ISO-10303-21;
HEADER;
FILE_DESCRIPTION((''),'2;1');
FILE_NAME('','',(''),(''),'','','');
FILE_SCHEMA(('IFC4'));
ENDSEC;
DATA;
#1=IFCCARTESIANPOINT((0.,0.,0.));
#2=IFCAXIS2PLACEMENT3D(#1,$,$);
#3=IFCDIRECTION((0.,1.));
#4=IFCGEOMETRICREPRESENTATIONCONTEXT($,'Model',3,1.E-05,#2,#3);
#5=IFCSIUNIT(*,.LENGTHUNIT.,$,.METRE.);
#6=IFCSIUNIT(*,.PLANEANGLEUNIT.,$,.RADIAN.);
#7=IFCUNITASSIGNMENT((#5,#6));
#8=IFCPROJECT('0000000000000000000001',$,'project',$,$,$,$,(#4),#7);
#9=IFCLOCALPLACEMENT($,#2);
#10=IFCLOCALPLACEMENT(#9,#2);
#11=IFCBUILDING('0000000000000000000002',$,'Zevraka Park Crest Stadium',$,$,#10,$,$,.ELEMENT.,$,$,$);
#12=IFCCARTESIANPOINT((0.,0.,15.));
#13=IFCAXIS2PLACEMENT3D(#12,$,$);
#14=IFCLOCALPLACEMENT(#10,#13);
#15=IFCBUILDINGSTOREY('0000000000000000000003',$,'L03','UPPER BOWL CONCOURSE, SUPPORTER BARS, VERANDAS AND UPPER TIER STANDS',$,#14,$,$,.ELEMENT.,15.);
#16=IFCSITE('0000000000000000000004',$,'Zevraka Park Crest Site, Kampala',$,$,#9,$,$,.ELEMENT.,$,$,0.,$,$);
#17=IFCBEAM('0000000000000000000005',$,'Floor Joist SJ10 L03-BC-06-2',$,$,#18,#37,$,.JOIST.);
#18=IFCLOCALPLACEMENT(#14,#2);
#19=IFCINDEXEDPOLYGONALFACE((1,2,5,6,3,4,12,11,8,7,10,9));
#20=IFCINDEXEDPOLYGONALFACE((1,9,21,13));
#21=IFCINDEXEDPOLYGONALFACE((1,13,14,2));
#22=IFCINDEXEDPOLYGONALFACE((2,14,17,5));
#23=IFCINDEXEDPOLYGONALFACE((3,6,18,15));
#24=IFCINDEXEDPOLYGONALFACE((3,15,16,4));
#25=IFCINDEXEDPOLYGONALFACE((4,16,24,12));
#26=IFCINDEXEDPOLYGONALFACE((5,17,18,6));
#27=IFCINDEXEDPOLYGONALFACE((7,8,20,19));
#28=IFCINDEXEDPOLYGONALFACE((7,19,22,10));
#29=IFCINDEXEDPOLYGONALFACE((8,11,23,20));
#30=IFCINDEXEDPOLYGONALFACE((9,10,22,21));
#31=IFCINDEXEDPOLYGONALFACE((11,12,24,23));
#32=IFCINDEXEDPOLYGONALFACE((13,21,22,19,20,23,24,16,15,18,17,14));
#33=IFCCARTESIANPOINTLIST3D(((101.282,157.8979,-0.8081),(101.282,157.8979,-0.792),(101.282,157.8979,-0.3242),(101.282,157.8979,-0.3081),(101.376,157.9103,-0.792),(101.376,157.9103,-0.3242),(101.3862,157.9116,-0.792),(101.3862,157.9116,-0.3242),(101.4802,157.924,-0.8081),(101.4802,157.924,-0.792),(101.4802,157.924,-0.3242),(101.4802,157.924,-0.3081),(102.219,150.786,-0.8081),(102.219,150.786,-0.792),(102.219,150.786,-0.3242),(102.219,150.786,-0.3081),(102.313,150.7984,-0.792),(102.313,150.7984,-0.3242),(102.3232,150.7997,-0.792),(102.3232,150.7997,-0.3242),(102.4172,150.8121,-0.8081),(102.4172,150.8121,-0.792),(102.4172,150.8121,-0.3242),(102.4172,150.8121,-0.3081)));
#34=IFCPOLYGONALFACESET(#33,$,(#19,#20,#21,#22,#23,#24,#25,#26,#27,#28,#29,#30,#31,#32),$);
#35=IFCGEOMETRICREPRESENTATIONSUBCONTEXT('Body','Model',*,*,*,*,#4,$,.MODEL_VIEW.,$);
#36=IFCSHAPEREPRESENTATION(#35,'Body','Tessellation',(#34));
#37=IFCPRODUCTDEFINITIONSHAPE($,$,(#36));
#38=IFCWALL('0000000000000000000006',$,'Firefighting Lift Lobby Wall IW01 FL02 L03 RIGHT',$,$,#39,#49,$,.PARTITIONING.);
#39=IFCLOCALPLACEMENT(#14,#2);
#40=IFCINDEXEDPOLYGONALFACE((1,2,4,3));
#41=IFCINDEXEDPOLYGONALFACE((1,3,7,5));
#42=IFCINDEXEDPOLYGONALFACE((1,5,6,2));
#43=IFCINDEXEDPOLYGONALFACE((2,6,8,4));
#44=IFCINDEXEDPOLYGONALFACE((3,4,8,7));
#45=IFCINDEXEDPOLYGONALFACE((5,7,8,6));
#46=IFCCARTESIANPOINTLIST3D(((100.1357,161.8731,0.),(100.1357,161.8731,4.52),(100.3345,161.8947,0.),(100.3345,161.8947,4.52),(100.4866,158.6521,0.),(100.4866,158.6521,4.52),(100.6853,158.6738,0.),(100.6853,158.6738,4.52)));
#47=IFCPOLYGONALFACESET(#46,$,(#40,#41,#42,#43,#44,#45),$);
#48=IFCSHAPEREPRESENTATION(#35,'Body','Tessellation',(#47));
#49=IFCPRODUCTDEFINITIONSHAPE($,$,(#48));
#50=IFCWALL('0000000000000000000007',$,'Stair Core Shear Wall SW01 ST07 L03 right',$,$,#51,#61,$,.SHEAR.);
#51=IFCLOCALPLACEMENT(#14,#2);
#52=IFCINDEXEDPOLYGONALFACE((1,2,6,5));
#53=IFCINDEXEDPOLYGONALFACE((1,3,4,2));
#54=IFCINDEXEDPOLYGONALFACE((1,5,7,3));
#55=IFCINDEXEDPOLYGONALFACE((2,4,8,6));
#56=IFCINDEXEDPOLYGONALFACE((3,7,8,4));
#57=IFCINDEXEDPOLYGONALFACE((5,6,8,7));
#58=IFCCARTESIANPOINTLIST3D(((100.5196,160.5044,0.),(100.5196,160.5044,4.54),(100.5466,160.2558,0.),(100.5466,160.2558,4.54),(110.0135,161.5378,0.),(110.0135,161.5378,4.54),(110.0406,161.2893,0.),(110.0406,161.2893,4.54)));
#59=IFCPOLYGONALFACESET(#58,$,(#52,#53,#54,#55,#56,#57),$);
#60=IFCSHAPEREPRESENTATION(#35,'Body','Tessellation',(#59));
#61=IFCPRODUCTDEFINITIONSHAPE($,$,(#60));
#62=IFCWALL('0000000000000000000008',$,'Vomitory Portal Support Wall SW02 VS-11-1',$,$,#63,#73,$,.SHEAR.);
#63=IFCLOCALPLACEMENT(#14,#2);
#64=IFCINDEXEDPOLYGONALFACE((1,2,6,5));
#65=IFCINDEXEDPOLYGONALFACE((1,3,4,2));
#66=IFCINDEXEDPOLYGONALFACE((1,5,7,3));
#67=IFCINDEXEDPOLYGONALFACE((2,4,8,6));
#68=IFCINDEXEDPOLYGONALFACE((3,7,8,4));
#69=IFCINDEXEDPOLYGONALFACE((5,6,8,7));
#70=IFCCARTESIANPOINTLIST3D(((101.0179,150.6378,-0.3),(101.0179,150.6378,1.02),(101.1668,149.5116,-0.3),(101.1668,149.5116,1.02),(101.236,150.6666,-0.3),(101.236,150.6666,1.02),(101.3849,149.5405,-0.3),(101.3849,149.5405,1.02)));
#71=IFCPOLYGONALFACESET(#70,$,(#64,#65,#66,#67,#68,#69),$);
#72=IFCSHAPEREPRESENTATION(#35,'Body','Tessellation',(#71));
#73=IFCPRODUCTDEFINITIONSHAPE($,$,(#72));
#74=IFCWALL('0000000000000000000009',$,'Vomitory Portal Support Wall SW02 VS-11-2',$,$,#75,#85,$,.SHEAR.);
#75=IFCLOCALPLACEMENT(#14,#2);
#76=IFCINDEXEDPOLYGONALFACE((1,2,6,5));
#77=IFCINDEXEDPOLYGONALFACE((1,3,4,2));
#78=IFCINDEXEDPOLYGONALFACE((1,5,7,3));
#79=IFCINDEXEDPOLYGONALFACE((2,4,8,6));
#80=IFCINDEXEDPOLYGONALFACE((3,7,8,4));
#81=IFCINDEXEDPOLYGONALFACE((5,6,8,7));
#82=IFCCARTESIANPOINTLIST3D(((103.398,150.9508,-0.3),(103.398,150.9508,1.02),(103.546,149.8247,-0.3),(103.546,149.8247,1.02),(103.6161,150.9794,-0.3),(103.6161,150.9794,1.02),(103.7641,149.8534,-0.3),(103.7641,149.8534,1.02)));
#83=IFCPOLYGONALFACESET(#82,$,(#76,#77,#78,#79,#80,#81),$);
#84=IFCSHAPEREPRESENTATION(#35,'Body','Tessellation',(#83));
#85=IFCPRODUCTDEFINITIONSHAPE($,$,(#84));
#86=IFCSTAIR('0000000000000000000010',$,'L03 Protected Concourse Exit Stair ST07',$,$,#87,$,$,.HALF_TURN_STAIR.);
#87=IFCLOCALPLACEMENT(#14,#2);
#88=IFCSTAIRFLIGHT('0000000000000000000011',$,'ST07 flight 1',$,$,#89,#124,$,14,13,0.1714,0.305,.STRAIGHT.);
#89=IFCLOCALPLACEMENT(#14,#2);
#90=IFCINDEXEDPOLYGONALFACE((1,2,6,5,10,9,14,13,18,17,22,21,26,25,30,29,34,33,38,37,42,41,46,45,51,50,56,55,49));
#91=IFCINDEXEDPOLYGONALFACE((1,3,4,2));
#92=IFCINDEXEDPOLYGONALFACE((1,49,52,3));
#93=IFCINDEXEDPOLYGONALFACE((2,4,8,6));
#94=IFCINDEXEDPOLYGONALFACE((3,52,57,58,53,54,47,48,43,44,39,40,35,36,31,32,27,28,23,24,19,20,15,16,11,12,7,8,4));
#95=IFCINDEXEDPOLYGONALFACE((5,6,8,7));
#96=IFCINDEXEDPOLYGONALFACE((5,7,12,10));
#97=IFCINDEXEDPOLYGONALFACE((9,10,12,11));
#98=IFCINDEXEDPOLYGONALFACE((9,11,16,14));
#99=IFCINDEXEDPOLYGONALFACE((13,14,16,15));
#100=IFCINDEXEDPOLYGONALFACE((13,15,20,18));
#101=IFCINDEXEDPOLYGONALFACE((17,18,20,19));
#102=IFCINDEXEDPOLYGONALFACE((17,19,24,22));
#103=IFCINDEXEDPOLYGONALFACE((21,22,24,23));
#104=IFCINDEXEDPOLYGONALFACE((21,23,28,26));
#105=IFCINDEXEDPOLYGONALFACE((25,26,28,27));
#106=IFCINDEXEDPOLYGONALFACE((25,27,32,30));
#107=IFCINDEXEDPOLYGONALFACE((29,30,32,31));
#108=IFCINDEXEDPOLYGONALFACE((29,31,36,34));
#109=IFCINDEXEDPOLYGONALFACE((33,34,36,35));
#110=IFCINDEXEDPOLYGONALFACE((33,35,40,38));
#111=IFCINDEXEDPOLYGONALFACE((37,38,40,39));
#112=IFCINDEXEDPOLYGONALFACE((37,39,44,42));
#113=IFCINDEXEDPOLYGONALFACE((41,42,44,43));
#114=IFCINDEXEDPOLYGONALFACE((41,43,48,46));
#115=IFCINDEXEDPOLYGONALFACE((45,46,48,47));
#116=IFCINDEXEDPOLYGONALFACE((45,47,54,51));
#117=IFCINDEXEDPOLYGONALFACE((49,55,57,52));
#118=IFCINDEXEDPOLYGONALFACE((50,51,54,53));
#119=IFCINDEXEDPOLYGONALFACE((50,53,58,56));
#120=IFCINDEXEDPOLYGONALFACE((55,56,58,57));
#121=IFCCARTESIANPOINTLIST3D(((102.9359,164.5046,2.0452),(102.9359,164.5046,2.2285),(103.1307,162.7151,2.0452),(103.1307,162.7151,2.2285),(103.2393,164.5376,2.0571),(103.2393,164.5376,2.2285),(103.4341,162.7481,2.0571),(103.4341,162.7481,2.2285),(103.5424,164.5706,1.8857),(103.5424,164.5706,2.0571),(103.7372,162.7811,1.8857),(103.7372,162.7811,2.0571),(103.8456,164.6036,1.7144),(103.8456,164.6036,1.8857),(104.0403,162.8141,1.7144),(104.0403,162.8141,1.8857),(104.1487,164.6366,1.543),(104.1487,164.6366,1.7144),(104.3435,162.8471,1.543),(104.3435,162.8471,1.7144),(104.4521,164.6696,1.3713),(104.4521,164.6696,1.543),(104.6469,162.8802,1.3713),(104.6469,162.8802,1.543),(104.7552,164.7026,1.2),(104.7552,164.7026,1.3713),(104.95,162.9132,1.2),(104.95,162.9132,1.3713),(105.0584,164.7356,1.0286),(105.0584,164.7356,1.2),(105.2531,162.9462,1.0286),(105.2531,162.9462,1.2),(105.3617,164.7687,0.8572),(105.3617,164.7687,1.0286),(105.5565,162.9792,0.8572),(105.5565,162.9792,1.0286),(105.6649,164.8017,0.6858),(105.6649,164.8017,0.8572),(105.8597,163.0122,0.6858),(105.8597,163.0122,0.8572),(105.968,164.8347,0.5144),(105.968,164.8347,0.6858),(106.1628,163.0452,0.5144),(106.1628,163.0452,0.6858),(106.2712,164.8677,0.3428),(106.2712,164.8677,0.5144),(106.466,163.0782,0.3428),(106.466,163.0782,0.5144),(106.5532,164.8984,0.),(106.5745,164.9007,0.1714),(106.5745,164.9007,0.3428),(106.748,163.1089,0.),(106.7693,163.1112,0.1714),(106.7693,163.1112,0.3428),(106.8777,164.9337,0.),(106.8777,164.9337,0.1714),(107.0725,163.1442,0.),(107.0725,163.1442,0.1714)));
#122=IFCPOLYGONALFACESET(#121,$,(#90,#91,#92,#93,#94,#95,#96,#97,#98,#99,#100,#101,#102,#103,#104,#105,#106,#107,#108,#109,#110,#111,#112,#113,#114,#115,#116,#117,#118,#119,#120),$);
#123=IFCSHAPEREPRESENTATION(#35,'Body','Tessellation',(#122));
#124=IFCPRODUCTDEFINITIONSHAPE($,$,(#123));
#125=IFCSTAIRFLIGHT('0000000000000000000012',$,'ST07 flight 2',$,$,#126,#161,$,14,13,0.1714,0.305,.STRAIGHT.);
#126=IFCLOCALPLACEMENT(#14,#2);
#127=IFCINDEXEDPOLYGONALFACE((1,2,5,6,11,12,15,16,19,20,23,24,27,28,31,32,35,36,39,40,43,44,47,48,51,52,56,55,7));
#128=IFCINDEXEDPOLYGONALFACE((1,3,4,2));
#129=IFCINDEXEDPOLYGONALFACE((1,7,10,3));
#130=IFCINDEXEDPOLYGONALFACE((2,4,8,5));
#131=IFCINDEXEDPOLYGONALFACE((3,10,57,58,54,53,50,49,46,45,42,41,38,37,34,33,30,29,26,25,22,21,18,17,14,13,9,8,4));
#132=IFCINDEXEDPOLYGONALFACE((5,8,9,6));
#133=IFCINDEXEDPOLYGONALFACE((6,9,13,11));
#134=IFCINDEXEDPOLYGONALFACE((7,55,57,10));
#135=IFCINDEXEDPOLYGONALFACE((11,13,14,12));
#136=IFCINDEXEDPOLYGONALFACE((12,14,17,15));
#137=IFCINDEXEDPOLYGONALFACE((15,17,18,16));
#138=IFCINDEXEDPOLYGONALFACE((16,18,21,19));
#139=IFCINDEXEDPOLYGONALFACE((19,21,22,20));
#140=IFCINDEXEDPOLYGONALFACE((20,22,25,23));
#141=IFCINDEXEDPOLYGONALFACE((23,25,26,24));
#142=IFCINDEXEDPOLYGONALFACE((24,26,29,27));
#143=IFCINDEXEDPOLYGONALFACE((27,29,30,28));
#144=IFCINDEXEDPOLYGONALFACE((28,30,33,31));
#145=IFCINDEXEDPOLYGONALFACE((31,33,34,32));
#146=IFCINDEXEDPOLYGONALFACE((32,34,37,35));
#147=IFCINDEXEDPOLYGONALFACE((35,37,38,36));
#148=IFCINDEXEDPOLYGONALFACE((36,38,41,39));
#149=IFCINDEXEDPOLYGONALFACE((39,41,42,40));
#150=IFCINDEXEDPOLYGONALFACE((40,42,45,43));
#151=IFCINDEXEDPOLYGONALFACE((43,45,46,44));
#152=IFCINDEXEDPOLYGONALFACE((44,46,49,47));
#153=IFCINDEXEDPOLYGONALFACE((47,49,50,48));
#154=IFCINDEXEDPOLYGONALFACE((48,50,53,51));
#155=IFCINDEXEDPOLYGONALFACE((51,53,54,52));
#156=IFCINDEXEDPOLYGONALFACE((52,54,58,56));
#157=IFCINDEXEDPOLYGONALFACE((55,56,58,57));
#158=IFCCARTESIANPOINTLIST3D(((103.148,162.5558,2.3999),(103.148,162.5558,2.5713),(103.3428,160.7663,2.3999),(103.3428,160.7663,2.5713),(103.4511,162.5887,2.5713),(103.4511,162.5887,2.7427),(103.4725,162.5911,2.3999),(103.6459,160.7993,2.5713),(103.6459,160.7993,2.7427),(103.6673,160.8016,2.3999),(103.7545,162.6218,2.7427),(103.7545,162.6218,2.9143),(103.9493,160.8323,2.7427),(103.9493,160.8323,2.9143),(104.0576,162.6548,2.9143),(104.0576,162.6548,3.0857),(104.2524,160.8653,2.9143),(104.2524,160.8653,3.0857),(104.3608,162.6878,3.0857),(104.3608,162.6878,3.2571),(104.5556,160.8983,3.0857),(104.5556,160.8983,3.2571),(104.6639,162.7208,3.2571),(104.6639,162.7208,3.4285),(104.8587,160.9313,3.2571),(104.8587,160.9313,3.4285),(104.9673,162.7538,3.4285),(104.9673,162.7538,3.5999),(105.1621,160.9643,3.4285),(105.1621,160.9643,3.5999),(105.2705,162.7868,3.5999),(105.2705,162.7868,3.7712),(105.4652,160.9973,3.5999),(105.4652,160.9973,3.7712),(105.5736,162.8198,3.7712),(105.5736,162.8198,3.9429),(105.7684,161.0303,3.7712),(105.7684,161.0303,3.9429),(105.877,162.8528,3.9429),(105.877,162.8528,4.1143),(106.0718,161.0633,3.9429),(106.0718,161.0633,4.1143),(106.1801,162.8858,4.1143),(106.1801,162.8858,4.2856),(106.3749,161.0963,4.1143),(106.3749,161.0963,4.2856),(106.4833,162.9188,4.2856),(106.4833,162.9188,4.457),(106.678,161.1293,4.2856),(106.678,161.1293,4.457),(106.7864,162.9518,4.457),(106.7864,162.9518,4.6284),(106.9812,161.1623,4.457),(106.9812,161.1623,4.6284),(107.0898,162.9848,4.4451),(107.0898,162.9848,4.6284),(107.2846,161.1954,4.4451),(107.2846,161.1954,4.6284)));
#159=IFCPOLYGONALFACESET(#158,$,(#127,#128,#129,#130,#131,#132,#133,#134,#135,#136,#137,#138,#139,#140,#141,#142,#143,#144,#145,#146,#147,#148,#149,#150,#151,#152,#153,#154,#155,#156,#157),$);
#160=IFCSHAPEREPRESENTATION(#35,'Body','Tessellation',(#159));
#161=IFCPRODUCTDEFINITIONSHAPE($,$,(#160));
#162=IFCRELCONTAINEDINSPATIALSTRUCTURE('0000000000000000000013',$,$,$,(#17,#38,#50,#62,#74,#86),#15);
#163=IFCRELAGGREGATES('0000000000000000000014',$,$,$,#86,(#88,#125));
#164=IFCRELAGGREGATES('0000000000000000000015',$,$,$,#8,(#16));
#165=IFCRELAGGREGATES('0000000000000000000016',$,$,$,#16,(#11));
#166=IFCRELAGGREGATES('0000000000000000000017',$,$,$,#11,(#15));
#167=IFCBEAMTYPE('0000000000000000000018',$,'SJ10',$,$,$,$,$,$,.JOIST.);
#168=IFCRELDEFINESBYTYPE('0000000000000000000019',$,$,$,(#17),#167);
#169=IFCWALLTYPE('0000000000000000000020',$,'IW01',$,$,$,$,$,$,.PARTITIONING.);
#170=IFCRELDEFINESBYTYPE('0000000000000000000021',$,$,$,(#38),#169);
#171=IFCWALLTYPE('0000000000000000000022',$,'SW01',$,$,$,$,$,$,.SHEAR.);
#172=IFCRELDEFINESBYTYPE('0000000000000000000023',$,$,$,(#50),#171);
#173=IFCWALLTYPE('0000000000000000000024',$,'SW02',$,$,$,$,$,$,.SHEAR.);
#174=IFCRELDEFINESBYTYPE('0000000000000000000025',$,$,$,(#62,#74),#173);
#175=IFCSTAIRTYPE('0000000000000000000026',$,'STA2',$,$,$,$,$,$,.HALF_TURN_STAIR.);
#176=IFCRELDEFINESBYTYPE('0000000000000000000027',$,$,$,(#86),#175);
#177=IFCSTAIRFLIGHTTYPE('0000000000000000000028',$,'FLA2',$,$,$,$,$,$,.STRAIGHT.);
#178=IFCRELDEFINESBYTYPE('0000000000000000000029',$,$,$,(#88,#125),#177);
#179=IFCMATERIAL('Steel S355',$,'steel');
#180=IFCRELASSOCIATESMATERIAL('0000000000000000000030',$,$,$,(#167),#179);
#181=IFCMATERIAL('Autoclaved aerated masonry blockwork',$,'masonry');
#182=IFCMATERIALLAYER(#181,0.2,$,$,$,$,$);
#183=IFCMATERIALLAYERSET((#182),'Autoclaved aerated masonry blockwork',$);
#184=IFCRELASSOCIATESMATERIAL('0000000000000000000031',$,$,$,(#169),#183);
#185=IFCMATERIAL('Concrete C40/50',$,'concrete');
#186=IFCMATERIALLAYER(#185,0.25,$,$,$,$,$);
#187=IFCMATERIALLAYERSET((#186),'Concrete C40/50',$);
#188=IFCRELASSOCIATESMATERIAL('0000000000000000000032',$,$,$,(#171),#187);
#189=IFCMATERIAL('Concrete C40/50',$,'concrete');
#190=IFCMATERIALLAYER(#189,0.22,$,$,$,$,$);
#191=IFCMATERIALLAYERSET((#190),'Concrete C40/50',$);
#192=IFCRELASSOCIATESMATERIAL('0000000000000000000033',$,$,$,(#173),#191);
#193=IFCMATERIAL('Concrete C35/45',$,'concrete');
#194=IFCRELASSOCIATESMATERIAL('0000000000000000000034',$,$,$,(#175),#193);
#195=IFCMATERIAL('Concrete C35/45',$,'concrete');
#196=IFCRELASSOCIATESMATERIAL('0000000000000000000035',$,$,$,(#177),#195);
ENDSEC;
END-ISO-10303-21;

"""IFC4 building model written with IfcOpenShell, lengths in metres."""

from ifc_helpers import new_model, si_unit, direction, frame, frame_2d, origin, origin_2d, place, context, subcontext, project, spatial, polyline, rectangle, i_section, outline, extrude, material, layer, layer_set, material_profile, profile_set, type_object, element, aggregate, save


model = new_model("IFC4")

# Units and contexts
model_context = context("Model", 3, precision=1e-05, world=origin(), true_north=direction((0.0, 1.0)))
body_context = subcontext(model_context, "Body", "Model", "MODEL_VIEW")
ifc_project = project(units=[si_unit("LENGTHUNIT", "METRE"), si_unit("PLANEANGLEUNIT", "RADIAN")], contexts=[model_context])

# Site, building, storey
site_placement = place(None, origin())
site = spatial("IfcSite", under=ifc_project, at=site_placement, Name="Zevraka Park Crest Site, Kampala", CompositionType="ELEMENT", RefElevation=0.0)
building_placement = place(site_placement, origin())
building = spatial("IfcBuilding", under=site, at=building_placement, Name="Zevraka Park Crest Stadium", CompositionType="ELEMENT")
storey_placement = place(building_placement, frame((0.0, 0.0, 15.0)))
storey = spatial("IfcBuildingStorey", under=building, at=storey_placement, Name="L03", Description="UPPER BOWL CONCOURSE, SUPPORTER BARS, VERANDAS AND UPPER TIER STANDS", CompositionType="ELEMENT", Elevation=15.0)

# Beam
ifc_material_1 = material(Name="Steel S355", Category="steel")
ifc_material_profile = material_profile(ifc_material_1, i_section(OverallWidth=0.2, OverallDepth=0.5, WebThickness=0.0103, FlangeThickness=0.0161, at=origin_2d()), Name="IPE 500")
ifc_profile_set = profile_set([ifc_material_profile], Name="Steel S355")
beam_type = type_object("IfcBeamType", Name="SJ10", PredefinedType="JOIST", material=ifc_profile_set)
beam_placement = place(storey_placement, frame((102.3181, 150.7991, -0.5581), z_axis=(-0.130625, 0.991432, 0.0), x_axis=(-0.991432, -0.130625, 0.0)))
element("IfcBeam", 1, at=beam_placement, inside=storey, type_object=beam_type, Name="Floor Joist SJ10 L03-BC-06-2", PredefinedType="JOIST", context=body_context, shape_type="SweptSolid", body=[
    extrude(i_section(OverallWidth=0.2, OverallDepth=0.5, WebThickness=0.0103, FlangeThickness=0.0161, at=origin_2d()), origin(), (0.0, 0.0, 1.0), 7.1733),
])

# Walls
ifc_material_2 = material(Name="Autoclaved aerated masonry blockwork", Category="masonry")
ifc_layer_1 = layer(ifc_material_2, 0.2)
ifc_layer_set_1 = layer_set([ifc_layer_1], Name="Autoclaved aerated masonry blockwork")
wall_type_1 = type_object("IfcWallType", Name="IW01", PredefinedType="PARTITIONING", material=ifc_layer_set_1)
wall_1_placement = place(storey_placement, frame((100.2351, 161.884, 0.0), z_axis=(0.0, 0.0, 1.0), x_axis=(0.108281, -0.99412, 0.0)))
element("IfcWall", 2, at=wall_1_placement, inside=storey, type_object=wall_type_1, Name="Firefighting Lift Lobby Wall IW01 FL02 L03 RIGHT", PredefinedType="PARTITIONING", context=body_context, shape_type="SweptSolid", body=[
    extrude(rectangle(XDim=3.24, YDim=0.2, at=frame_2d((1.6201, 0.0))), origin(), (0.0, 0.0, 1.0), 4.52),
])
ifc_material_3 = material(Name="Concrete C40/50", Category="concrete")
ifc_layer_2 = layer(ifc_material_3, 0.25)
ifc_layer_set_2 = layer_set([ifc_layer_2], Name="Concrete C40/50")
wall_type_2 = type_object("IfcWallType", Name="SW01", PredefinedType="SHEAR", material=ifc_layer_set_2)
wall_2_placement = place(storey_placement, frame((100.5332, 160.3801, 0.0), z_axis=(0.0, 0.0, 1.0), x_axis=(0.994128, 0.108215, 0.0)))
element("IfcWall", 3, at=wall_2_placement, inside=storey, type_object=wall_type_2, Name="Stair Core Shear Wall SW01 ST07 L03 right", PredefinedType="SHEAR", context=body_context, shape_type="SweptSolid", body=[
    extrude(rectangle(XDim=9.55, YDim=0.25, at=frame_2d((4.7749, 0.0))), origin(), (0.0, 0.0, 1.0), 4.54),
])
ifc_material_4 = material(Name="Concrete C40/50", Category="concrete")
ifc_layer_3 = layer(ifc_material_4, 0.22)
ifc_layer_set_3 = layer_set([ifc_layer_3], Name="Concrete C40/50")
wall_type_3 = type_object("IfcWallType", Name="SW02", PredefinedType="SHEAR", material=ifc_layer_set_3)
wall_3_placement = place(storey_placement, frame((101.127, 150.6521, -0.3), z_axis=(0.0, 0.0, 1.0), x_axis=(0.131094, -0.99137, 0.0)))
element("IfcWall", 4, at=wall_3_placement, inside=storey, type_object=wall_type_3, Name="Vomitory Portal Support Wall SW02 VS-11-1", PredefinedType="SHEAR", context=body_context, shape_type="SweptSolid", body=[
    extrude(rectangle(XDim=1.136, YDim=0.22, at=frame_2d((0.5679, 0.0))), origin(), (0.0, 0.0, 1.0), 1.3201),
])
wall_4_placement = place(storey_placement, frame((103.5071, 150.9651, -0.3), z_axis=(0.0, 0.0, 1.0), x_axis=(0.130277, -0.991478, 0.0)))
element("IfcWall", 5, at=wall_4_placement, inside=storey, type_object=wall_type_3, Name="Vomitory Portal Support Wall SW02 VS-11-2", PredefinedType="SHEAR", context=body_context, shape_type="SweptSolid", body=[
    extrude(rectangle(XDim=1.1357, YDim=0.22, at=frame_2d((0.5679, 0.0))), origin(), (0.0, 0.0, 1.0), 1.3201),
])

# Stair, stair flights
ifc_material_5 = material(Name="Concrete C35/45", Category="concrete")
stair_type_1 = type_object("IfcStairType", Name="STA2", PredefinedType="HALF_TURN_STAIR", material=ifc_material_5)
stair_1_placement = place(storey_placement, origin())
stair_1 = element("IfcStair", 6, at=stair_1_placement, inside=storey, type_object=stair_type_1, Name="L03 Protected Concourse Exit Stair ST07", PredefinedType="HALF_TURN_STAIR")
ifc_material_6 = material(Name="Concrete C35/45", Category="concrete")
stair_flight_type_1 = type_object("IfcStairFlightType", Name="FLA2", PredefinedType="STRAIGHT", material=ifc_material_6)
stair_flight_1_placement = place(storey_placement, frame((106.9751, 164.0388, 0.0), z_axis=(0.0, 0.0, 1.0), x_axis=(-0.994128, -0.108215, 0.0)))
stair_flight_1 = element("IfcStairFlight", 7, at=stair_flight_1_placement, type_object=stair_flight_type_1, Name="ST07 flight 1", NumberOfRisers=14, NumberOfTreads=13, PredefinedType="STRAIGHT", RiserHeight=0.1714, TreadLength=0.305, context=body_context, shape_type="SweptSolid", body=[
    extrude(outline(polyline([(0.0, 0.0), (0.0, 0.1714), (0.3049, 0.1714), (0.3049, 0.3428), (0.6101, 0.3428), (0.6101, 0.5144), (0.915, 0.5144), (0.915, 0.6858), (1.22, 0.6858), (1.22, 0.8572), (1.5249, 0.8572), (1.5249, 1.0286), (1.8301, 1.0286), (1.8301, 1.2), (2.135, 1.2), (2.135, 1.3713), (2.4399, 1.3713), (2.4399, 1.543), (2.7451, 1.543), (2.7451, 1.7144), (3.05, 1.7144), (3.05, 1.8857), (3.355, 1.8857), (3.355, 2.0571), (3.6599, 2.0571), (3.6599, 2.2285), (3.9651, 2.2285), (3.9651, 2.3999), (3.9651, 2.0452), (0.3264, 0.0), (0.0, 0.0)])), frame((0.0, 0.8999, 0.0), z_axis=(0.0, -1.0, 0.0), x_axis=(1.0, 0.0, 0.0)), (0.0, 0.0, 1.0), 1.8),
])
stair_flight_2_placement = place(storey_placement, frame((103.2454, 161.6611, 2.3999), z_axis=(0.0, 0.0, 1.0), x_axis=(0.994128, 0.108215, 0.0)))
stair_flight_2 = element("IfcStairFlight", 8, at=stair_flight_2_placement, type_object=stair_flight_type_1, Name="ST07 flight 2", NumberOfRisers=14, NumberOfTreads=13, PredefinedType="STRAIGHT", RiserHeight=0.1714, TreadLength=0.305, context=body_context, shape_type="SweptSolid", body=[
    extrude(outline(polyline([(0.0, 0.0), (0.0, 0.1714), (0.3049, 0.1714), (0.3049, 0.3428), (0.6101, 0.3428), (0.6101, 0.5144), (0.915, 0.5144), (0.915, 0.6858), (1.22, 0.6858), (1.22, 0.8572), (1.5249, 0.8572), (1.5249, 1.0286), (1.8301, 1.0286), (1.8301, 1.2), (2.135, 1.2), (2.135, 1.3713), (2.4399, 1.3713), (2.4399, 1.543), (2.7451, 1.543), (2.7451, 1.7144), (3.05, 1.7144), (3.05, 1.8857), (3.355, 1.8857), (3.355, 2.0571), (3.6599, 2.0571), (3.6599, 2.2285), (3.9651, 2.2285), (3.9651, 2.3999), (3.9651, 2.0452), (0.3264, 0.0), (0.0, 0.0)])), frame((0.0, 0.8999, 0.0), z_axis=(0.0, -1.0, 0.0), x_axis=(1.0, 0.0, 0.0)), (0.0, 0.0, 1.0), 1.8),
])
aggregate(stair_1, [stair_flight_1, stair_flight_2])

save(model, "model.ifc")
